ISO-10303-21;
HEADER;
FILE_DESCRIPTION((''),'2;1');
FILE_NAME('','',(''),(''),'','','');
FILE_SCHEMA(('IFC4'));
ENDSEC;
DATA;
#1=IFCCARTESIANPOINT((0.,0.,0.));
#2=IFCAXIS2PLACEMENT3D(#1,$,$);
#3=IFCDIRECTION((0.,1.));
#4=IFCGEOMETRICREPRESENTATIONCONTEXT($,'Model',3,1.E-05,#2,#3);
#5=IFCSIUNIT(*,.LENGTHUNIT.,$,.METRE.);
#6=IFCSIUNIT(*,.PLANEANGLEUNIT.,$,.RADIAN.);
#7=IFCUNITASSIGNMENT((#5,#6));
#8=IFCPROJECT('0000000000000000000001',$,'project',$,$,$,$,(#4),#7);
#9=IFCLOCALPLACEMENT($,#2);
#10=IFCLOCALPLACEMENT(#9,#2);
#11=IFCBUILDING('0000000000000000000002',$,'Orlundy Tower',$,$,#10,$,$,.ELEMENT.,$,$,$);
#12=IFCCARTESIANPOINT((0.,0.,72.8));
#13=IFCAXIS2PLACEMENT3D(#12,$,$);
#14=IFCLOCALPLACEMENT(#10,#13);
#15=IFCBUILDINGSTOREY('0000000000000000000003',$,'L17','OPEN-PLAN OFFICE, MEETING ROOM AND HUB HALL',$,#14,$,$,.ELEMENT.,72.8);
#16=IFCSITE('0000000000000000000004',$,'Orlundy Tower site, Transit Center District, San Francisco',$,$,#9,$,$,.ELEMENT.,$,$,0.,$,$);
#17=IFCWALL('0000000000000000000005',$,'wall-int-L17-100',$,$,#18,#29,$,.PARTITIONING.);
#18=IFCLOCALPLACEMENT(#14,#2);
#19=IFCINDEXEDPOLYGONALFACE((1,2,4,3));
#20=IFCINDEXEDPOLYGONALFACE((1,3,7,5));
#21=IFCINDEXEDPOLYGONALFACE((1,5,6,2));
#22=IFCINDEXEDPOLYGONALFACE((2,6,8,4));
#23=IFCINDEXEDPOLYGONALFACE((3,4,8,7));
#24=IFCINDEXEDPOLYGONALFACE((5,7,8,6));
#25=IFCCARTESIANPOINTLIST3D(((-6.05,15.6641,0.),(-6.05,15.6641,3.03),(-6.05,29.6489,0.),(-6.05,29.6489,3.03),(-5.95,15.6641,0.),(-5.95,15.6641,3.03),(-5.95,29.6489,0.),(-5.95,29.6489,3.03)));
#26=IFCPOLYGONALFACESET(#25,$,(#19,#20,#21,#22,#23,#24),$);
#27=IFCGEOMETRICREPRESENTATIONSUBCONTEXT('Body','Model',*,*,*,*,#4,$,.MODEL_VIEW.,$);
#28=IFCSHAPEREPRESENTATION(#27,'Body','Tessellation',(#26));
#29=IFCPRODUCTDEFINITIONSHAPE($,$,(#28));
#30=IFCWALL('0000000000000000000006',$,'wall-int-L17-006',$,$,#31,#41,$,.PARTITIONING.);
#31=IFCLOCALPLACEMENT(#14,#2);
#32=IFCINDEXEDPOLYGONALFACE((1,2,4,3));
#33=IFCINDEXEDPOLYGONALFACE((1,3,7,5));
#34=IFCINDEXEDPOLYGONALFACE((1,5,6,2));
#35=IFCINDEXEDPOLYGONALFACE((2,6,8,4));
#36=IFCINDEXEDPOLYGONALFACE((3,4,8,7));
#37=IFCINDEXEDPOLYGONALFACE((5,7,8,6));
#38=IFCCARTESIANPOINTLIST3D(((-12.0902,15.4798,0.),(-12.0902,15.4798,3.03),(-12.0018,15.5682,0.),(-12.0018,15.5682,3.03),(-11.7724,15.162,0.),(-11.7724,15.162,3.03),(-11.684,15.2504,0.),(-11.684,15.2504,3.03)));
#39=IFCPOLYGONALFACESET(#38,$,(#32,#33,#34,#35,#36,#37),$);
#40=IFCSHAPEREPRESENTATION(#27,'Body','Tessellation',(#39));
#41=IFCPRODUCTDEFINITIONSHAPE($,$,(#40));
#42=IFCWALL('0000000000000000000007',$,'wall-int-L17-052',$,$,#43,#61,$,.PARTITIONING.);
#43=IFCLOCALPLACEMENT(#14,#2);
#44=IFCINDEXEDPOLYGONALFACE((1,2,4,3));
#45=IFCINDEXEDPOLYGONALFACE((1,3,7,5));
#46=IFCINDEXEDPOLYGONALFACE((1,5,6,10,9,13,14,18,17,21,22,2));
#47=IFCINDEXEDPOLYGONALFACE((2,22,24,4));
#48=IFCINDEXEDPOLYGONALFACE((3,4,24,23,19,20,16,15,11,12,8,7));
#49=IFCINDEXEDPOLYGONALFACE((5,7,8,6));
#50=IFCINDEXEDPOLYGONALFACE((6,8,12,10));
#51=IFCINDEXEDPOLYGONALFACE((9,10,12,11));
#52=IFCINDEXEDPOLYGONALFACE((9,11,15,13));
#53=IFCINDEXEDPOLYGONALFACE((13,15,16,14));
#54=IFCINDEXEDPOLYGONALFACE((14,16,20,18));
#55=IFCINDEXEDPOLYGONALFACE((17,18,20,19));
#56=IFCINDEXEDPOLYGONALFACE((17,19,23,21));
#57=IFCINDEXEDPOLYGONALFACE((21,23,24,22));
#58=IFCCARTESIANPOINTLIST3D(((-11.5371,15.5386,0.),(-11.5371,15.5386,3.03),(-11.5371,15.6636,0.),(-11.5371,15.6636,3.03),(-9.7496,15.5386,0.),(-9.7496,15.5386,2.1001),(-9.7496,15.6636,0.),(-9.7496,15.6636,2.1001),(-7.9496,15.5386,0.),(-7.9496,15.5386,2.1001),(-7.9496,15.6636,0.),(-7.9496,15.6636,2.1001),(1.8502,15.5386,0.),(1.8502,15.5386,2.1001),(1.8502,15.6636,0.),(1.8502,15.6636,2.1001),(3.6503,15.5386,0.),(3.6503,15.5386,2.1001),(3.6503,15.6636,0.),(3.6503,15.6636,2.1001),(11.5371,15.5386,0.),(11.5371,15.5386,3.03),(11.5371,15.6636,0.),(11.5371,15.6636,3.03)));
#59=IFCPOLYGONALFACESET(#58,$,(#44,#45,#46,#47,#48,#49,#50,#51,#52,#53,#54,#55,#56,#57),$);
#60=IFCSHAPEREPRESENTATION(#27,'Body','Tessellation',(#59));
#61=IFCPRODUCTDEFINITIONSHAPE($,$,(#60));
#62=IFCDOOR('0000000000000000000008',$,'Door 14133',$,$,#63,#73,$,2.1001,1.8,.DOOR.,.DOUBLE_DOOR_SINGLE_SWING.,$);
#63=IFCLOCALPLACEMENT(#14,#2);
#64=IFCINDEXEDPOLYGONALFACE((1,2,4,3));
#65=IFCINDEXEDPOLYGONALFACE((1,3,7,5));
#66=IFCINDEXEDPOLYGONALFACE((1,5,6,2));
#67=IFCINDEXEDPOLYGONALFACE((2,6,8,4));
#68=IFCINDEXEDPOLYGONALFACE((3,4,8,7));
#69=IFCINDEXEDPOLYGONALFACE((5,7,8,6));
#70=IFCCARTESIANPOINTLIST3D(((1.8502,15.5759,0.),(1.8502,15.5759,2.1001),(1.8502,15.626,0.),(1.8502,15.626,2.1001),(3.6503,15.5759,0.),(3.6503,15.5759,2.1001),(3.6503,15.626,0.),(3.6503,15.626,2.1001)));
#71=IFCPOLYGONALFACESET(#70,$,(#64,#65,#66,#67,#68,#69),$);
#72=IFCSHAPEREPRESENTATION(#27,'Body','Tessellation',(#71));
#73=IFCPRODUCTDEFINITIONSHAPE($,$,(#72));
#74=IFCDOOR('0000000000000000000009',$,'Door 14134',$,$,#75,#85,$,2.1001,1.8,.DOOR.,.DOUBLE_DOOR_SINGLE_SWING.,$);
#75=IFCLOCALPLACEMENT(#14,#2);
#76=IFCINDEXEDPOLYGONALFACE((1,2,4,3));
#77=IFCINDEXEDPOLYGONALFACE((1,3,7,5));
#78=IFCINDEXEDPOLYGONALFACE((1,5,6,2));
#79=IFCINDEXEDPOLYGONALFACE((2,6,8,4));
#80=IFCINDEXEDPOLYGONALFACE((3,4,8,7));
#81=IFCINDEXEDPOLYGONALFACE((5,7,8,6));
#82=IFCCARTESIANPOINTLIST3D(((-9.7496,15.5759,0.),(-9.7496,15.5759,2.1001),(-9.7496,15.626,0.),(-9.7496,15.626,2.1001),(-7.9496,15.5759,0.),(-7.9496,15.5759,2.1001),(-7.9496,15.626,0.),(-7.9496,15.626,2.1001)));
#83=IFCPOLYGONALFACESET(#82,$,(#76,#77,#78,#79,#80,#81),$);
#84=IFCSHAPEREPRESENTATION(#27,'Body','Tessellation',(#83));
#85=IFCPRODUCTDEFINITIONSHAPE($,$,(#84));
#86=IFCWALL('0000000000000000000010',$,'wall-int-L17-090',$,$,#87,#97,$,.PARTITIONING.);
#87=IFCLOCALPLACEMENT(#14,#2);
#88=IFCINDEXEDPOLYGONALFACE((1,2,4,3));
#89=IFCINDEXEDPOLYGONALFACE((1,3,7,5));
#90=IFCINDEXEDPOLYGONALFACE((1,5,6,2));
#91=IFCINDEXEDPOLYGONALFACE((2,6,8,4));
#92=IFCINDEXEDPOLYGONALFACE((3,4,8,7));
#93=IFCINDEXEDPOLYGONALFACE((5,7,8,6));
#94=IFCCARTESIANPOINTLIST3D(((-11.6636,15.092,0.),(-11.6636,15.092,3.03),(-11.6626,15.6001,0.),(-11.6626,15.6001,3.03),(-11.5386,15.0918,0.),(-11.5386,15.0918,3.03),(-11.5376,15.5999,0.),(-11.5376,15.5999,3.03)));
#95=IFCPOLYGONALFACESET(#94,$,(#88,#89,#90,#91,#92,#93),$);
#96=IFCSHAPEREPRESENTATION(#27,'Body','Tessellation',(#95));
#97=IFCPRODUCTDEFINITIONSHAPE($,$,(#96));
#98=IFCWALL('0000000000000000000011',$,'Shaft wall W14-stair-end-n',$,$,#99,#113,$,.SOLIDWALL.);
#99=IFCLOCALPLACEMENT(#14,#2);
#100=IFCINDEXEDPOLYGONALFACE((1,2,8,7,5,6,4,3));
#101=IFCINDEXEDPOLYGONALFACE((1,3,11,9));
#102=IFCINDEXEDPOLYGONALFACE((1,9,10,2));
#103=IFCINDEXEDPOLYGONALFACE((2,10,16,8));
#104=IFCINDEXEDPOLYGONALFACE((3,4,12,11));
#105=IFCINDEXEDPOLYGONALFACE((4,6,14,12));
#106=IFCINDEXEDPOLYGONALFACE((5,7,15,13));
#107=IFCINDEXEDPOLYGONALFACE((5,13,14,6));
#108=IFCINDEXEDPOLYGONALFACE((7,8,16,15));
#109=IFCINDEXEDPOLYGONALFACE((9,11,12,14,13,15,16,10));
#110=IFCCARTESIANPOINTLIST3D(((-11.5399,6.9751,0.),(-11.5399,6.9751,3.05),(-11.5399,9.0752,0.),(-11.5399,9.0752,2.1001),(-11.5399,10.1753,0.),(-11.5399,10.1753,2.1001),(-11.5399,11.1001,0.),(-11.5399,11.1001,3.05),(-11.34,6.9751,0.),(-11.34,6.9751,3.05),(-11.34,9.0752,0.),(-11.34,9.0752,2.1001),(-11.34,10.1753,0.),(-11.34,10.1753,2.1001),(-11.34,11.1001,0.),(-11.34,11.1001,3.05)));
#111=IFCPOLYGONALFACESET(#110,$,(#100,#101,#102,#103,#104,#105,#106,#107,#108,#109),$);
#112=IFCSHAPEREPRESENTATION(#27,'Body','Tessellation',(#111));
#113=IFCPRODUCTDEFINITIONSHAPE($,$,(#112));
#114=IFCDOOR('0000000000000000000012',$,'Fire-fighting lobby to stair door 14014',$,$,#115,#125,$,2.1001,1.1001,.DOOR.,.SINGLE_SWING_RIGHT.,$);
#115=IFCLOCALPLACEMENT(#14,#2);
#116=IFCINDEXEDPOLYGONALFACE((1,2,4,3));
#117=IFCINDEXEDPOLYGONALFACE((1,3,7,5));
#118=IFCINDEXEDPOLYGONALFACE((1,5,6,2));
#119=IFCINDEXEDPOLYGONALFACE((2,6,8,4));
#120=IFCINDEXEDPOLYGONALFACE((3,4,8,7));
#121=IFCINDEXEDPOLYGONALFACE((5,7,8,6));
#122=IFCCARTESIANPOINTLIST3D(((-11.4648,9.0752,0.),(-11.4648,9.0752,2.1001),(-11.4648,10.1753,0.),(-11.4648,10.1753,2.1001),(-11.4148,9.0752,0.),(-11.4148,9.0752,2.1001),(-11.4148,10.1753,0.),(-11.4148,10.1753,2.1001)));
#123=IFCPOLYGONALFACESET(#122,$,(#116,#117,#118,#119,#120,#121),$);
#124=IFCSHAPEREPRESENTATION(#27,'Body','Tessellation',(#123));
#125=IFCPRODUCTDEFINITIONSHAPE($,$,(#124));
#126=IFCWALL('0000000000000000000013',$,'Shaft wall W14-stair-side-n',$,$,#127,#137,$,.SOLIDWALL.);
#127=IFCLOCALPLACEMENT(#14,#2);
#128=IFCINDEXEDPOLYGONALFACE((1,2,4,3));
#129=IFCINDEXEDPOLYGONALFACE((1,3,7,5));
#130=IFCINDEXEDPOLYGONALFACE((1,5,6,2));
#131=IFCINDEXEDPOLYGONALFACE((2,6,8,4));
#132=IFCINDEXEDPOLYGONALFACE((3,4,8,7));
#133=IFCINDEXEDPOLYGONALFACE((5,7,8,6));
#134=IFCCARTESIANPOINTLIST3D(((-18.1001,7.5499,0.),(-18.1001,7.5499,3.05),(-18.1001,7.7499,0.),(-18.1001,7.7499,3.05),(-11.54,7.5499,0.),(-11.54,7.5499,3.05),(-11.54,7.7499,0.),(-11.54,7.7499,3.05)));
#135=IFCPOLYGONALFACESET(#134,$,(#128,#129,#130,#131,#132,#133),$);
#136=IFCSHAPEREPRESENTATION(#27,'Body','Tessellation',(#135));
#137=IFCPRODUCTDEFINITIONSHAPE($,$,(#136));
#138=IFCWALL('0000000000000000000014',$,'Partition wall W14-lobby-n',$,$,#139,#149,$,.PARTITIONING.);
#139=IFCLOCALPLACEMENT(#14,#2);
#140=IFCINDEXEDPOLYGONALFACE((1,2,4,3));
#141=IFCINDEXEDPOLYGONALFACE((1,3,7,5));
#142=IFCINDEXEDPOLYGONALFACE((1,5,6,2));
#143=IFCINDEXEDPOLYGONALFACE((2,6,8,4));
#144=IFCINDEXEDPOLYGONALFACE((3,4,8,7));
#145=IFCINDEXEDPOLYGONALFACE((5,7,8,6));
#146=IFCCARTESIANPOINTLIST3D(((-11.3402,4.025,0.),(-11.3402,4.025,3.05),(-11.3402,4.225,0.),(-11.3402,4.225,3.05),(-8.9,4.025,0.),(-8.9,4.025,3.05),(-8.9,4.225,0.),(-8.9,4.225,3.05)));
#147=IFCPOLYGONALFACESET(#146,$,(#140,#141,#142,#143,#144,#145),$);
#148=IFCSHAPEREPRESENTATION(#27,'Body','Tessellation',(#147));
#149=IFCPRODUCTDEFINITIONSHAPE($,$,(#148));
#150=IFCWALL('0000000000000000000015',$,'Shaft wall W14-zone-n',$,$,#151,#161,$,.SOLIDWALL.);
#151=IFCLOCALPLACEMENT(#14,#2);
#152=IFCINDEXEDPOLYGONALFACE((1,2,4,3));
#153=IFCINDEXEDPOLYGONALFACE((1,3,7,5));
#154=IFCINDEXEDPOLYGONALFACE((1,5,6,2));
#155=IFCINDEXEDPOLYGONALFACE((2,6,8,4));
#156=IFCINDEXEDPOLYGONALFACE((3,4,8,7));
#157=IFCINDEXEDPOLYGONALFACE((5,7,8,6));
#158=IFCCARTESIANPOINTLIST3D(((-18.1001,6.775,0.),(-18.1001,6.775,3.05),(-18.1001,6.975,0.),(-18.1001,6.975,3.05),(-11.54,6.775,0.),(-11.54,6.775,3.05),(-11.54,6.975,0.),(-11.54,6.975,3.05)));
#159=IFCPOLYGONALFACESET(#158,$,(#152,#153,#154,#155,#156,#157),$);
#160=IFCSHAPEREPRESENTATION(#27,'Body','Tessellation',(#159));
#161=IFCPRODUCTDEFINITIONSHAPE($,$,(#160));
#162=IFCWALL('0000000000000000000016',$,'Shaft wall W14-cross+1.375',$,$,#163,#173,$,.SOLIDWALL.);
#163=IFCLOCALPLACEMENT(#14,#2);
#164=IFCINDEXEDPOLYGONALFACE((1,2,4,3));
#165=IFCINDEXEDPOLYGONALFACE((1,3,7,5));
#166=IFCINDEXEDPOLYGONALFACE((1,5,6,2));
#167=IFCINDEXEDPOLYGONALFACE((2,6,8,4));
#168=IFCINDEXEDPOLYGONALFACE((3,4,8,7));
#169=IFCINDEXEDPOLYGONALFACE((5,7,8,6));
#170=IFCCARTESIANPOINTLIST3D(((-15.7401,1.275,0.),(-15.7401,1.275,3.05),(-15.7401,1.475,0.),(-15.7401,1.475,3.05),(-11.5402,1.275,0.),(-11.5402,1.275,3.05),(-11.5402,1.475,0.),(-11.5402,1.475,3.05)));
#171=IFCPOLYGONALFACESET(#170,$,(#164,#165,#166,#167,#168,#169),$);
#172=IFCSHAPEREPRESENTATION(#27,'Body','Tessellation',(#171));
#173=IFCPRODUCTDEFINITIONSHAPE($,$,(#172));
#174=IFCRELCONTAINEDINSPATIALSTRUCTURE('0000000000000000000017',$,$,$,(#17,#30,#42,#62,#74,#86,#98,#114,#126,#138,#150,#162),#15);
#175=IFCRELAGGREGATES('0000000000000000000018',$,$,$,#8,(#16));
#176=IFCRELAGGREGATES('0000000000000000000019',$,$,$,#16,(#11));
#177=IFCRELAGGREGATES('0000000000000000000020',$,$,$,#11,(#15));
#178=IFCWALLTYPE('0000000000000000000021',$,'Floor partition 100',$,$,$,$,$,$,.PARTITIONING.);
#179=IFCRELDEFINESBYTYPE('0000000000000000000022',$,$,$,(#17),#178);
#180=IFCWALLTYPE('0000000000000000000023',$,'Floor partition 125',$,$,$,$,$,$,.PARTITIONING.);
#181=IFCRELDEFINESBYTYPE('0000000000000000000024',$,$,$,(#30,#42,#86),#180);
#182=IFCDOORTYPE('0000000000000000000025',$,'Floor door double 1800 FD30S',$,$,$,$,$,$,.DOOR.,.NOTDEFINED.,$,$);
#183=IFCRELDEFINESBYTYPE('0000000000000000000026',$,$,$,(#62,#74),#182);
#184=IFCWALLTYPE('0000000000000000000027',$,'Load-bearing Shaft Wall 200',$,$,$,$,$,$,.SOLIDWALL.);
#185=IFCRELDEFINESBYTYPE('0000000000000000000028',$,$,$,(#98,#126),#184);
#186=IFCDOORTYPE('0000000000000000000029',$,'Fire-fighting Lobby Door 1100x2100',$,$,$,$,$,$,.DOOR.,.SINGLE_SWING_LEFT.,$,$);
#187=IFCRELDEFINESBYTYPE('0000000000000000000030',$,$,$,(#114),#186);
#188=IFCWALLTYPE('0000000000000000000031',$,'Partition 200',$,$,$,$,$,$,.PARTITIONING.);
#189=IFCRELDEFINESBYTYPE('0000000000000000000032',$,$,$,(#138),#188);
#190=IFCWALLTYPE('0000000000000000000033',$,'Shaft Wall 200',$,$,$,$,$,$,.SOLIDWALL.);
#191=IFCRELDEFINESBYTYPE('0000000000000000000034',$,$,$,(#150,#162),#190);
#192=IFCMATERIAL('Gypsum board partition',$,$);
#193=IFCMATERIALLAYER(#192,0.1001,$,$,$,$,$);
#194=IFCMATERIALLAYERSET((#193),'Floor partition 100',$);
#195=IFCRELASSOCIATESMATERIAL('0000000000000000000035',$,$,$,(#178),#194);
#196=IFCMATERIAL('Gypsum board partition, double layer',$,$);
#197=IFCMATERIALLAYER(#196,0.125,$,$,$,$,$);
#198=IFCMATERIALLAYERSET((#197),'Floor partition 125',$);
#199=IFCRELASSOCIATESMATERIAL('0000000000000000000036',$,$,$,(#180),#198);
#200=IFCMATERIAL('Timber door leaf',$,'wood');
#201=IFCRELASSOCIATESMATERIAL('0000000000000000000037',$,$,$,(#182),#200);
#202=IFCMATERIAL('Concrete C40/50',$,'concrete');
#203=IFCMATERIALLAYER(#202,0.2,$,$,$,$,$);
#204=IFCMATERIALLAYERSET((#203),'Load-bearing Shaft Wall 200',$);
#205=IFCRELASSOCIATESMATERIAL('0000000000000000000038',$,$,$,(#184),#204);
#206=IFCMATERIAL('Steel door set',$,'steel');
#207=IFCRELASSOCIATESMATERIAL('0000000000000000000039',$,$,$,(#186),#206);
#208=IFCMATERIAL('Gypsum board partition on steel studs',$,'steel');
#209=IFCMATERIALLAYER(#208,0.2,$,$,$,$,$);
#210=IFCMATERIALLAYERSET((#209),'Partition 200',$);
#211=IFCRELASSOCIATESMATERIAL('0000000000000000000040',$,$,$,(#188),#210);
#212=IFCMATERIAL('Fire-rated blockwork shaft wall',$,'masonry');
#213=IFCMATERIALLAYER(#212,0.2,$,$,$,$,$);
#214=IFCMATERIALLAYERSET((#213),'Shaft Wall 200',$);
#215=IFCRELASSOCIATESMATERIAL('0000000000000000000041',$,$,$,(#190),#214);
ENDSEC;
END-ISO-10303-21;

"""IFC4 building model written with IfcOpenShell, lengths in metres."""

from ifc_helpers import new_model, si_unit, direction, frame, frame_2d, origin, place, context, subcontext, project, spatial, rectangle, extrude, material, layer, layer_set, type_object, element, fill, save


model = new_model("IFC4")

# Units and contexts
model_context = context("Model", 3, precision=1e-05, world=origin(), true_north=direction((0.0, 1.0)))
body_context = subcontext(model_context, "Body", "Model", "MODEL_VIEW")
ifc_project = project(units=[si_unit("LENGTHUNIT", "METRE"), si_unit("PLANEANGLEUNIT", "RADIAN")], contexts=[model_context])

# Site, building, storey
site_placement = place(None, origin())
site = spatial("IfcSite", under=ifc_project, at=site_placement, Name="Orlundy Tower site, Transit Center District, San Francisco", CompositionType="ELEMENT", RefElevation=0.0)
building_placement = place(site_placement, origin())
building = spatial("IfcBuilding", under=site, at=building_placement, Name="Orlundy Tower", CompositionType="ELEMENT")
storey_placement = place(building_placement, frame((0.0, 0.0, 72.8)))
storey = spatial("IfcBuildingStorey", under=building, at=storey_placement, Name="L17", Description="OPEN-PLAN OFFICE, MEETING ROOM AND HUB HALL", CompositionType="ELEMENT", Elevation=72.8)

# Walls
ifc_material_1 = material(Name="Gypsum board partition")
ifc_layer_1 = layer(ifc_material_1, 0.1001)
ifc_layer_set_1 = layer_set([ifc_layer_1], Name="Floor partition 100")
wall_type_1 = type_object("IfcWallType", Name="Floor partition 100", PredefinedType="PARTITIONING", material=ifc_layer_set_1)
wall_1_placement = place(storey_placement, frame((-6.0, 15.6641, 0.0), z_axis=(0.0, 0.0, 1.0), x_axis=(0.0, 1.0, 0.0)))
element("IfcWall", 1, at=wall_1_placement, inside=storey, type_object=wall_type_1, Name="wall-int-L17-100", PredefinedType="PARTITIONING", context=body_context, shape_type="SweptSolid", body=[
    extrude(rectangle(XDim=13.9849, YDim=0.1001, at=frame_2d((6.9924, 0.0))), origin(), (0.0, 0.0, 1.0), 3.03),
])
ifc_material_2 = material(Name="Gypsum board partition, double layer")
ifc_layer_2 = layer(ifc_material_2, 0.125)
ifc_layer_set_2 = layer_set([ifc_layer_2], Name="Floor partition 125")
wall_type_2 = type_object("IfcWallType", Name="Floor partition 125", PredefinedType="PARTITIONING", material=ifc_layer_set_2)
wall_2_placement = place(storey_placement, frame((-12.0459, 15.5239, 0.0), z_axis=(0.0, 0.0, 1.0), x_axis=(0.707107, -0.707107, 0.0)))
element("IfcWall", 2, at=wall_2_placement, inside=storey, type_object=wall_type_2, Name="wall-int-L17-006", PredefinedType="PARTITIONING", context=body_context, shape_type="SweptSolid", body=[
    extrude(rectangle(XDim=0.4495, YDim=0.125, at=frame_2d((0.2246, 0.0))), origin(), (0.0, 0.0, 1.0), 3.03),
])

# Wall, openings, doors
wall_3_placement = place(storey_placement, frame((-11.5371, 15.6011, 0.0), z_axis=(0.0, 0.0, 1.0), x_axis=(1.0, 0.0, 0.0)))
wall_3 = element("IfcWall", 3, at=wall_3_placement, inside=storey, type_object=wall_type_2, Name="wall-int-L17-052", PredefinedType="PARTITIONING", context=body_context, shape_type="SweptSolid", body=[
    extrude(rectangle(XDim=23.0742, YDim=0.125, at=frame_2d((11.5371, 0.0))), origin(), (0.0, 0.0, 1.0), 3.03),
])
opening_1_placement = place(wall_3_placement, frame((13.3875, 0.0, 0.0)))
opening_1 = element("IfcOpeningElement", 4, at=opening_1_placement, cuts=wall_3, PredefinedType="OPENING", context=body_context, shape_type="SweptSolid", body=[
    extrude(rectangle(XDim=1.8, YDim=2.1001, at=frame_2d((0.8999, 1.05))), frame((0.0, 0.0725, 0.0), z_axis=(0.0, -1.0, 0.0), x_axis=(1.0, 0.0, 0.0)), (0.0, 0.0, 1.0), 0.145),
])
opening_2_placement = place(wall_3_placement, frame((1.7876, 0.0, 0.0)))
opening_2 = element("IfcOpeningElement", 5, at=opening_2_placement, cuts=wall_3, PredefinedType="OPENING", context=body_context, shape_type="SweptSolid", body=[
    extrude(rectangle(XDim=1.8, YDim=2.1001, at=frame_2d((0.8999, 1.05))), frame((0.0, 0.0725, 0.0), z_axis=(0.0, -1.0, 0.0), x_axis=(1.0, 0.0, 0.0)), (0.0, 0.0, 1.0), 0.145),
])
ifc_material_3 = material(Name="Timber door leaf", Category="wood")
door_type_1 = type_object("IfcDoorType", Name="Floor door double 1800 FD30S", OperationType="NOTDEFINED", PredefinedType="DOOR", material=ifc_material_3)
door_1_placement = place(opening_1_placement, origin())
door_1 = element("IfcDoor", 6, at=door_1_placement, inside=storey, type_object=door_type_1, Name="Door 14133", OperationType="DOUBLE_DOOR_SINGLE_SWING", OverallHeight=2.1001, OverallWidth=1.8, PredefinedType="DOOR", context=body_context, shape_type="SweptSolid", body=[
    extrude(rectangle(XDim=1.8, YDim=2.1001, at=frame_2d((0.8999, 1.05))), frame((0.0, 0.0249, 0.0), z_axis=(0.0, -1.0, 0.0), x_axis=(1.0, 0.0, 0.0)), (0.0, 0.0, 1.0), 0.05),
])
fill(opening_1, door_1)
door_2_placement = place(opening_2_placement, origin())
door_2 = element("IfcDoor", 7, at=door_2_placement, inside=storey, type_object=door_type_1, Name="Door 14134", OperationType="DOUBLE_DOOR_SINGLE_SWING", OverallHeight=2.1001, OverallWidth=1.8, PredefinedType="DOOR", context=body_context, shape_type="SweptSolid", body=[
    extrude(rectangle(XDim=1.8, YDim=2.1001, at=frame_2d((0.8999, 1.05))), frame((0.0, 0.0249, 0.0), z_axis=(0.0, -1.0, 0.0), x_axis=(1.0, 0.0, 0.0)), (0.0, 0.0, 1.0), 0.05),
])
fill(opening_2, door_2)

# Wall
wall_4_placement = place(storey_placement, frame((-11.6011, 15.092, 0.0), z_axis=(0.0, 0.0, 1.0), x_axis=(0.001922, 0.999998, 0.0)))
element("IfcWall", 8, at=wall_4_placement, inside=storey, type_object=wall_type_2, Name="wall-int-L17-090", PredefinedType="PARTITIONING", context=body_context, shape_type="SweptSolid", body=[
    extrude(rectangle(XDim=0.5081, YDim=0.125, at=frame_2d((0.2539, 0.0))), origin(), (0.0, 0.0, 1.0), 3.03),
])

# Wall, opening, door
ifc_material_4 = material(Name="Concrete C40/50", Category="concrete")
ifc_layer_3 = layer(ifc_material_4, 0.2)
ifc_layer_set_3 = layer_set([ifc_layer_3], Name="Load-bearing Shaft Wall 200")
wall_type_3 = type_object("IfcWallType", Name="Load-bearing Shaft Wall 200", PredefinedType="SOLIDWALL", material=ifc_layer_set_3)
wall_5_placement = place(storey_placement, frame((-11.4399, 6.9751, 0.0), z_axis=(0.0, 0.0, 1.0), x_axis=(0.0, 1.0, 0.0)))
wall_5 = element("IfcWall", 9, at=wall_5_placement, inside=storey, type_object=wall_type_3, Name="Shaft wall W14-stair-end-n", PredefinedType="SOLIDWALL", context=body_context, shape_type="SweptSolid", body=[
    extrude(rectangle(XDim=4.125, YDim=0.2, at=frame_2d((2.0625, 0.0))), origin(), (0.0, 0.0, 1.0), 3.05),
])
opening_3_placement = place(wall_5_placement, frame((2.1001, 0.0, 0.0)))
opening_3 = element("IfcOpeningElement", 10, at=opening_3_placement, cuts=wall_5, PredefinedType="OPENING", context=body_context, shape_type="SweptSolid", body=[
    extrude(rectangle(XDim=1.1001, YDim=2.1001, at=frame_2d((0.55, 1.05))), frame((0.0, 0.1101, 0.0), z_axis=(0.0, -1.0, 0.0), x_axis=(1.0, 0.0, 0.0)), (0.0, 0.0, 1.0), 0.2202),
])
ifc_material_5 = material(Name="Steel door set", Category="steel")
door_type_2 = type_object("IfcDoorType", Name="Fire-fighting Lobby Door 1100x2100", OperationType="SINGLE_SWING_LEFT", PredefinedType="DOOR", material=ifc_material_5)
door_3_placement = place(opening_3_placement, origin())
door_3 = element("IfcDoor", 11, at=door_3_placement, inside=storey, type_object=door_type_2, Name="Fire-fighting lobby to stair door 14014", OperationType="SINGLE_SWING_RIGHT", OverallHeight=2.1001, OverallWidth=1.1001, PredefinedType="DOOR", context=body_context, shape_type="SweptSolid", body=[
    extrude(rectangle(XDim=1.1001, YDim=2.1001, at=frame_2d((0.55, 1.05))), frame((0.0, 0.0249, 0.0), z_axis=(0.0, -1.0, 0.0), x_axis=(1.0, 0.0, 0.0)), (0.0, 0.0, 1.0), 0.05),
])
fill(opening_3, door_3)

# Walls
wall_6_placement = place(storey_placement, frame((-11.54, 7.6499, 0.0), z_axis=(0.0, 0.0, 1.0), x_axis=(-1.0, 0.0, 0.0)))
element("IfcWall", 12, at=wall_6_placement, inside=storey, type_object=wall_type_3, Name="Shaft wall W14-stair-side-n", PredefinedType="SOLIDWALL", context=body_context, shape_type="SweptSolid", body=[
    extrude(rectangle(XDim=6.5601, YDim=0.2, at=frame_2d((3.28, 0.0))), origin(), (0.0, 0.0, 1.0), 3.05),
])
ifc_material_6 = material(Name="Gypsum board partition on steel studs", Category="steel")
ifc_layer_4 = layer(ifc_material_6, 0.2)
ifc_layer_set_4 = layer_set([ifc_layer_4], Name="Partition 200")
wall_type_4 = type_object("IfcWallType", Name="Partition 200", PredefinedType="PARTITIONING", material=ifc_layer_set_4)
wall_7_placement = place(storey_placement, frame((-8.8999, 4.125, 0.0), z_axis=(0.0, 0.0, 1.0), x_axis=(-1.0, 0.0, 0.0)))
element("IfcWall", 13, at=wall_7_placement, inside=storey, type_object=wall_type_4, Name="Partition wall W14-lobby-n", PredefinedType="PARTITIONING", context=body_context, shape_type="SweptSolid", body=[
    extrude(rectangle(XDim=2.4402, YDim=0.2, at=frame_2d((1.2202, 0.0))), origin(), (0.0, 0.0, 1.0), 3.05),
])
ifc_material_7 = material(Name="Fire-rated blockwork shaft wall", Category="masonry")
ifc_layer_5 = layer(ifc_material_7, 0.2)
ifc_layer_set_5 = layer_set([ifc_layer_5], Name="Shaft Wall 200")
wall_type_5 = type_object("IfcWallType", Name="Shaft Wall 200", PredefinedType="SOLIDWALL", material=ifc_layer_set_5)
wall_8_placement = place(storey_placement, frame((-11.54, 6.875, 0.0), z_axis=(0.0, 0.0, 1.0), x_axis=(-1.0, 0.0, 0.0)))
element("IfcWall", 14, at=wall_8_placement, inside=storey, type_object=wall_type_5, Name="Shaft wall W14-zone-n", PredefinedType="SOLIDWALL", context=body_context, shape_type="SweptSolid", body=[
    extrude(rectangle(XDim=6.5601, YDim=0.2, at=frame_2d((3.28, 0.0))), origin(), (0.0, 0.0, 1.0), 3.05),
])
wall_9_placement = place(storey_placement, frame((-11.54, 1.375, 0.0), z_axis=(0.0, 0.0, 1.0), x_axis=(-1.0, 0.0, 0.0)))
element("IfcWall", 15, at=wall_9_placement, inside=storey, type_object=wall_type_5, Name="Shaft wall W14-cross+1.375", PredefinedType="SOLIDWALL", context=body_context, shape_type="SweptSolid", body=[
    extrude(rectangle(XDim=4.2, YDim=0.2, at=frame_2d((2.1001, 0.0))), origin(), (0.0, 0.0, 1.0), 3.05),
])

save(model, "model.ifc")
